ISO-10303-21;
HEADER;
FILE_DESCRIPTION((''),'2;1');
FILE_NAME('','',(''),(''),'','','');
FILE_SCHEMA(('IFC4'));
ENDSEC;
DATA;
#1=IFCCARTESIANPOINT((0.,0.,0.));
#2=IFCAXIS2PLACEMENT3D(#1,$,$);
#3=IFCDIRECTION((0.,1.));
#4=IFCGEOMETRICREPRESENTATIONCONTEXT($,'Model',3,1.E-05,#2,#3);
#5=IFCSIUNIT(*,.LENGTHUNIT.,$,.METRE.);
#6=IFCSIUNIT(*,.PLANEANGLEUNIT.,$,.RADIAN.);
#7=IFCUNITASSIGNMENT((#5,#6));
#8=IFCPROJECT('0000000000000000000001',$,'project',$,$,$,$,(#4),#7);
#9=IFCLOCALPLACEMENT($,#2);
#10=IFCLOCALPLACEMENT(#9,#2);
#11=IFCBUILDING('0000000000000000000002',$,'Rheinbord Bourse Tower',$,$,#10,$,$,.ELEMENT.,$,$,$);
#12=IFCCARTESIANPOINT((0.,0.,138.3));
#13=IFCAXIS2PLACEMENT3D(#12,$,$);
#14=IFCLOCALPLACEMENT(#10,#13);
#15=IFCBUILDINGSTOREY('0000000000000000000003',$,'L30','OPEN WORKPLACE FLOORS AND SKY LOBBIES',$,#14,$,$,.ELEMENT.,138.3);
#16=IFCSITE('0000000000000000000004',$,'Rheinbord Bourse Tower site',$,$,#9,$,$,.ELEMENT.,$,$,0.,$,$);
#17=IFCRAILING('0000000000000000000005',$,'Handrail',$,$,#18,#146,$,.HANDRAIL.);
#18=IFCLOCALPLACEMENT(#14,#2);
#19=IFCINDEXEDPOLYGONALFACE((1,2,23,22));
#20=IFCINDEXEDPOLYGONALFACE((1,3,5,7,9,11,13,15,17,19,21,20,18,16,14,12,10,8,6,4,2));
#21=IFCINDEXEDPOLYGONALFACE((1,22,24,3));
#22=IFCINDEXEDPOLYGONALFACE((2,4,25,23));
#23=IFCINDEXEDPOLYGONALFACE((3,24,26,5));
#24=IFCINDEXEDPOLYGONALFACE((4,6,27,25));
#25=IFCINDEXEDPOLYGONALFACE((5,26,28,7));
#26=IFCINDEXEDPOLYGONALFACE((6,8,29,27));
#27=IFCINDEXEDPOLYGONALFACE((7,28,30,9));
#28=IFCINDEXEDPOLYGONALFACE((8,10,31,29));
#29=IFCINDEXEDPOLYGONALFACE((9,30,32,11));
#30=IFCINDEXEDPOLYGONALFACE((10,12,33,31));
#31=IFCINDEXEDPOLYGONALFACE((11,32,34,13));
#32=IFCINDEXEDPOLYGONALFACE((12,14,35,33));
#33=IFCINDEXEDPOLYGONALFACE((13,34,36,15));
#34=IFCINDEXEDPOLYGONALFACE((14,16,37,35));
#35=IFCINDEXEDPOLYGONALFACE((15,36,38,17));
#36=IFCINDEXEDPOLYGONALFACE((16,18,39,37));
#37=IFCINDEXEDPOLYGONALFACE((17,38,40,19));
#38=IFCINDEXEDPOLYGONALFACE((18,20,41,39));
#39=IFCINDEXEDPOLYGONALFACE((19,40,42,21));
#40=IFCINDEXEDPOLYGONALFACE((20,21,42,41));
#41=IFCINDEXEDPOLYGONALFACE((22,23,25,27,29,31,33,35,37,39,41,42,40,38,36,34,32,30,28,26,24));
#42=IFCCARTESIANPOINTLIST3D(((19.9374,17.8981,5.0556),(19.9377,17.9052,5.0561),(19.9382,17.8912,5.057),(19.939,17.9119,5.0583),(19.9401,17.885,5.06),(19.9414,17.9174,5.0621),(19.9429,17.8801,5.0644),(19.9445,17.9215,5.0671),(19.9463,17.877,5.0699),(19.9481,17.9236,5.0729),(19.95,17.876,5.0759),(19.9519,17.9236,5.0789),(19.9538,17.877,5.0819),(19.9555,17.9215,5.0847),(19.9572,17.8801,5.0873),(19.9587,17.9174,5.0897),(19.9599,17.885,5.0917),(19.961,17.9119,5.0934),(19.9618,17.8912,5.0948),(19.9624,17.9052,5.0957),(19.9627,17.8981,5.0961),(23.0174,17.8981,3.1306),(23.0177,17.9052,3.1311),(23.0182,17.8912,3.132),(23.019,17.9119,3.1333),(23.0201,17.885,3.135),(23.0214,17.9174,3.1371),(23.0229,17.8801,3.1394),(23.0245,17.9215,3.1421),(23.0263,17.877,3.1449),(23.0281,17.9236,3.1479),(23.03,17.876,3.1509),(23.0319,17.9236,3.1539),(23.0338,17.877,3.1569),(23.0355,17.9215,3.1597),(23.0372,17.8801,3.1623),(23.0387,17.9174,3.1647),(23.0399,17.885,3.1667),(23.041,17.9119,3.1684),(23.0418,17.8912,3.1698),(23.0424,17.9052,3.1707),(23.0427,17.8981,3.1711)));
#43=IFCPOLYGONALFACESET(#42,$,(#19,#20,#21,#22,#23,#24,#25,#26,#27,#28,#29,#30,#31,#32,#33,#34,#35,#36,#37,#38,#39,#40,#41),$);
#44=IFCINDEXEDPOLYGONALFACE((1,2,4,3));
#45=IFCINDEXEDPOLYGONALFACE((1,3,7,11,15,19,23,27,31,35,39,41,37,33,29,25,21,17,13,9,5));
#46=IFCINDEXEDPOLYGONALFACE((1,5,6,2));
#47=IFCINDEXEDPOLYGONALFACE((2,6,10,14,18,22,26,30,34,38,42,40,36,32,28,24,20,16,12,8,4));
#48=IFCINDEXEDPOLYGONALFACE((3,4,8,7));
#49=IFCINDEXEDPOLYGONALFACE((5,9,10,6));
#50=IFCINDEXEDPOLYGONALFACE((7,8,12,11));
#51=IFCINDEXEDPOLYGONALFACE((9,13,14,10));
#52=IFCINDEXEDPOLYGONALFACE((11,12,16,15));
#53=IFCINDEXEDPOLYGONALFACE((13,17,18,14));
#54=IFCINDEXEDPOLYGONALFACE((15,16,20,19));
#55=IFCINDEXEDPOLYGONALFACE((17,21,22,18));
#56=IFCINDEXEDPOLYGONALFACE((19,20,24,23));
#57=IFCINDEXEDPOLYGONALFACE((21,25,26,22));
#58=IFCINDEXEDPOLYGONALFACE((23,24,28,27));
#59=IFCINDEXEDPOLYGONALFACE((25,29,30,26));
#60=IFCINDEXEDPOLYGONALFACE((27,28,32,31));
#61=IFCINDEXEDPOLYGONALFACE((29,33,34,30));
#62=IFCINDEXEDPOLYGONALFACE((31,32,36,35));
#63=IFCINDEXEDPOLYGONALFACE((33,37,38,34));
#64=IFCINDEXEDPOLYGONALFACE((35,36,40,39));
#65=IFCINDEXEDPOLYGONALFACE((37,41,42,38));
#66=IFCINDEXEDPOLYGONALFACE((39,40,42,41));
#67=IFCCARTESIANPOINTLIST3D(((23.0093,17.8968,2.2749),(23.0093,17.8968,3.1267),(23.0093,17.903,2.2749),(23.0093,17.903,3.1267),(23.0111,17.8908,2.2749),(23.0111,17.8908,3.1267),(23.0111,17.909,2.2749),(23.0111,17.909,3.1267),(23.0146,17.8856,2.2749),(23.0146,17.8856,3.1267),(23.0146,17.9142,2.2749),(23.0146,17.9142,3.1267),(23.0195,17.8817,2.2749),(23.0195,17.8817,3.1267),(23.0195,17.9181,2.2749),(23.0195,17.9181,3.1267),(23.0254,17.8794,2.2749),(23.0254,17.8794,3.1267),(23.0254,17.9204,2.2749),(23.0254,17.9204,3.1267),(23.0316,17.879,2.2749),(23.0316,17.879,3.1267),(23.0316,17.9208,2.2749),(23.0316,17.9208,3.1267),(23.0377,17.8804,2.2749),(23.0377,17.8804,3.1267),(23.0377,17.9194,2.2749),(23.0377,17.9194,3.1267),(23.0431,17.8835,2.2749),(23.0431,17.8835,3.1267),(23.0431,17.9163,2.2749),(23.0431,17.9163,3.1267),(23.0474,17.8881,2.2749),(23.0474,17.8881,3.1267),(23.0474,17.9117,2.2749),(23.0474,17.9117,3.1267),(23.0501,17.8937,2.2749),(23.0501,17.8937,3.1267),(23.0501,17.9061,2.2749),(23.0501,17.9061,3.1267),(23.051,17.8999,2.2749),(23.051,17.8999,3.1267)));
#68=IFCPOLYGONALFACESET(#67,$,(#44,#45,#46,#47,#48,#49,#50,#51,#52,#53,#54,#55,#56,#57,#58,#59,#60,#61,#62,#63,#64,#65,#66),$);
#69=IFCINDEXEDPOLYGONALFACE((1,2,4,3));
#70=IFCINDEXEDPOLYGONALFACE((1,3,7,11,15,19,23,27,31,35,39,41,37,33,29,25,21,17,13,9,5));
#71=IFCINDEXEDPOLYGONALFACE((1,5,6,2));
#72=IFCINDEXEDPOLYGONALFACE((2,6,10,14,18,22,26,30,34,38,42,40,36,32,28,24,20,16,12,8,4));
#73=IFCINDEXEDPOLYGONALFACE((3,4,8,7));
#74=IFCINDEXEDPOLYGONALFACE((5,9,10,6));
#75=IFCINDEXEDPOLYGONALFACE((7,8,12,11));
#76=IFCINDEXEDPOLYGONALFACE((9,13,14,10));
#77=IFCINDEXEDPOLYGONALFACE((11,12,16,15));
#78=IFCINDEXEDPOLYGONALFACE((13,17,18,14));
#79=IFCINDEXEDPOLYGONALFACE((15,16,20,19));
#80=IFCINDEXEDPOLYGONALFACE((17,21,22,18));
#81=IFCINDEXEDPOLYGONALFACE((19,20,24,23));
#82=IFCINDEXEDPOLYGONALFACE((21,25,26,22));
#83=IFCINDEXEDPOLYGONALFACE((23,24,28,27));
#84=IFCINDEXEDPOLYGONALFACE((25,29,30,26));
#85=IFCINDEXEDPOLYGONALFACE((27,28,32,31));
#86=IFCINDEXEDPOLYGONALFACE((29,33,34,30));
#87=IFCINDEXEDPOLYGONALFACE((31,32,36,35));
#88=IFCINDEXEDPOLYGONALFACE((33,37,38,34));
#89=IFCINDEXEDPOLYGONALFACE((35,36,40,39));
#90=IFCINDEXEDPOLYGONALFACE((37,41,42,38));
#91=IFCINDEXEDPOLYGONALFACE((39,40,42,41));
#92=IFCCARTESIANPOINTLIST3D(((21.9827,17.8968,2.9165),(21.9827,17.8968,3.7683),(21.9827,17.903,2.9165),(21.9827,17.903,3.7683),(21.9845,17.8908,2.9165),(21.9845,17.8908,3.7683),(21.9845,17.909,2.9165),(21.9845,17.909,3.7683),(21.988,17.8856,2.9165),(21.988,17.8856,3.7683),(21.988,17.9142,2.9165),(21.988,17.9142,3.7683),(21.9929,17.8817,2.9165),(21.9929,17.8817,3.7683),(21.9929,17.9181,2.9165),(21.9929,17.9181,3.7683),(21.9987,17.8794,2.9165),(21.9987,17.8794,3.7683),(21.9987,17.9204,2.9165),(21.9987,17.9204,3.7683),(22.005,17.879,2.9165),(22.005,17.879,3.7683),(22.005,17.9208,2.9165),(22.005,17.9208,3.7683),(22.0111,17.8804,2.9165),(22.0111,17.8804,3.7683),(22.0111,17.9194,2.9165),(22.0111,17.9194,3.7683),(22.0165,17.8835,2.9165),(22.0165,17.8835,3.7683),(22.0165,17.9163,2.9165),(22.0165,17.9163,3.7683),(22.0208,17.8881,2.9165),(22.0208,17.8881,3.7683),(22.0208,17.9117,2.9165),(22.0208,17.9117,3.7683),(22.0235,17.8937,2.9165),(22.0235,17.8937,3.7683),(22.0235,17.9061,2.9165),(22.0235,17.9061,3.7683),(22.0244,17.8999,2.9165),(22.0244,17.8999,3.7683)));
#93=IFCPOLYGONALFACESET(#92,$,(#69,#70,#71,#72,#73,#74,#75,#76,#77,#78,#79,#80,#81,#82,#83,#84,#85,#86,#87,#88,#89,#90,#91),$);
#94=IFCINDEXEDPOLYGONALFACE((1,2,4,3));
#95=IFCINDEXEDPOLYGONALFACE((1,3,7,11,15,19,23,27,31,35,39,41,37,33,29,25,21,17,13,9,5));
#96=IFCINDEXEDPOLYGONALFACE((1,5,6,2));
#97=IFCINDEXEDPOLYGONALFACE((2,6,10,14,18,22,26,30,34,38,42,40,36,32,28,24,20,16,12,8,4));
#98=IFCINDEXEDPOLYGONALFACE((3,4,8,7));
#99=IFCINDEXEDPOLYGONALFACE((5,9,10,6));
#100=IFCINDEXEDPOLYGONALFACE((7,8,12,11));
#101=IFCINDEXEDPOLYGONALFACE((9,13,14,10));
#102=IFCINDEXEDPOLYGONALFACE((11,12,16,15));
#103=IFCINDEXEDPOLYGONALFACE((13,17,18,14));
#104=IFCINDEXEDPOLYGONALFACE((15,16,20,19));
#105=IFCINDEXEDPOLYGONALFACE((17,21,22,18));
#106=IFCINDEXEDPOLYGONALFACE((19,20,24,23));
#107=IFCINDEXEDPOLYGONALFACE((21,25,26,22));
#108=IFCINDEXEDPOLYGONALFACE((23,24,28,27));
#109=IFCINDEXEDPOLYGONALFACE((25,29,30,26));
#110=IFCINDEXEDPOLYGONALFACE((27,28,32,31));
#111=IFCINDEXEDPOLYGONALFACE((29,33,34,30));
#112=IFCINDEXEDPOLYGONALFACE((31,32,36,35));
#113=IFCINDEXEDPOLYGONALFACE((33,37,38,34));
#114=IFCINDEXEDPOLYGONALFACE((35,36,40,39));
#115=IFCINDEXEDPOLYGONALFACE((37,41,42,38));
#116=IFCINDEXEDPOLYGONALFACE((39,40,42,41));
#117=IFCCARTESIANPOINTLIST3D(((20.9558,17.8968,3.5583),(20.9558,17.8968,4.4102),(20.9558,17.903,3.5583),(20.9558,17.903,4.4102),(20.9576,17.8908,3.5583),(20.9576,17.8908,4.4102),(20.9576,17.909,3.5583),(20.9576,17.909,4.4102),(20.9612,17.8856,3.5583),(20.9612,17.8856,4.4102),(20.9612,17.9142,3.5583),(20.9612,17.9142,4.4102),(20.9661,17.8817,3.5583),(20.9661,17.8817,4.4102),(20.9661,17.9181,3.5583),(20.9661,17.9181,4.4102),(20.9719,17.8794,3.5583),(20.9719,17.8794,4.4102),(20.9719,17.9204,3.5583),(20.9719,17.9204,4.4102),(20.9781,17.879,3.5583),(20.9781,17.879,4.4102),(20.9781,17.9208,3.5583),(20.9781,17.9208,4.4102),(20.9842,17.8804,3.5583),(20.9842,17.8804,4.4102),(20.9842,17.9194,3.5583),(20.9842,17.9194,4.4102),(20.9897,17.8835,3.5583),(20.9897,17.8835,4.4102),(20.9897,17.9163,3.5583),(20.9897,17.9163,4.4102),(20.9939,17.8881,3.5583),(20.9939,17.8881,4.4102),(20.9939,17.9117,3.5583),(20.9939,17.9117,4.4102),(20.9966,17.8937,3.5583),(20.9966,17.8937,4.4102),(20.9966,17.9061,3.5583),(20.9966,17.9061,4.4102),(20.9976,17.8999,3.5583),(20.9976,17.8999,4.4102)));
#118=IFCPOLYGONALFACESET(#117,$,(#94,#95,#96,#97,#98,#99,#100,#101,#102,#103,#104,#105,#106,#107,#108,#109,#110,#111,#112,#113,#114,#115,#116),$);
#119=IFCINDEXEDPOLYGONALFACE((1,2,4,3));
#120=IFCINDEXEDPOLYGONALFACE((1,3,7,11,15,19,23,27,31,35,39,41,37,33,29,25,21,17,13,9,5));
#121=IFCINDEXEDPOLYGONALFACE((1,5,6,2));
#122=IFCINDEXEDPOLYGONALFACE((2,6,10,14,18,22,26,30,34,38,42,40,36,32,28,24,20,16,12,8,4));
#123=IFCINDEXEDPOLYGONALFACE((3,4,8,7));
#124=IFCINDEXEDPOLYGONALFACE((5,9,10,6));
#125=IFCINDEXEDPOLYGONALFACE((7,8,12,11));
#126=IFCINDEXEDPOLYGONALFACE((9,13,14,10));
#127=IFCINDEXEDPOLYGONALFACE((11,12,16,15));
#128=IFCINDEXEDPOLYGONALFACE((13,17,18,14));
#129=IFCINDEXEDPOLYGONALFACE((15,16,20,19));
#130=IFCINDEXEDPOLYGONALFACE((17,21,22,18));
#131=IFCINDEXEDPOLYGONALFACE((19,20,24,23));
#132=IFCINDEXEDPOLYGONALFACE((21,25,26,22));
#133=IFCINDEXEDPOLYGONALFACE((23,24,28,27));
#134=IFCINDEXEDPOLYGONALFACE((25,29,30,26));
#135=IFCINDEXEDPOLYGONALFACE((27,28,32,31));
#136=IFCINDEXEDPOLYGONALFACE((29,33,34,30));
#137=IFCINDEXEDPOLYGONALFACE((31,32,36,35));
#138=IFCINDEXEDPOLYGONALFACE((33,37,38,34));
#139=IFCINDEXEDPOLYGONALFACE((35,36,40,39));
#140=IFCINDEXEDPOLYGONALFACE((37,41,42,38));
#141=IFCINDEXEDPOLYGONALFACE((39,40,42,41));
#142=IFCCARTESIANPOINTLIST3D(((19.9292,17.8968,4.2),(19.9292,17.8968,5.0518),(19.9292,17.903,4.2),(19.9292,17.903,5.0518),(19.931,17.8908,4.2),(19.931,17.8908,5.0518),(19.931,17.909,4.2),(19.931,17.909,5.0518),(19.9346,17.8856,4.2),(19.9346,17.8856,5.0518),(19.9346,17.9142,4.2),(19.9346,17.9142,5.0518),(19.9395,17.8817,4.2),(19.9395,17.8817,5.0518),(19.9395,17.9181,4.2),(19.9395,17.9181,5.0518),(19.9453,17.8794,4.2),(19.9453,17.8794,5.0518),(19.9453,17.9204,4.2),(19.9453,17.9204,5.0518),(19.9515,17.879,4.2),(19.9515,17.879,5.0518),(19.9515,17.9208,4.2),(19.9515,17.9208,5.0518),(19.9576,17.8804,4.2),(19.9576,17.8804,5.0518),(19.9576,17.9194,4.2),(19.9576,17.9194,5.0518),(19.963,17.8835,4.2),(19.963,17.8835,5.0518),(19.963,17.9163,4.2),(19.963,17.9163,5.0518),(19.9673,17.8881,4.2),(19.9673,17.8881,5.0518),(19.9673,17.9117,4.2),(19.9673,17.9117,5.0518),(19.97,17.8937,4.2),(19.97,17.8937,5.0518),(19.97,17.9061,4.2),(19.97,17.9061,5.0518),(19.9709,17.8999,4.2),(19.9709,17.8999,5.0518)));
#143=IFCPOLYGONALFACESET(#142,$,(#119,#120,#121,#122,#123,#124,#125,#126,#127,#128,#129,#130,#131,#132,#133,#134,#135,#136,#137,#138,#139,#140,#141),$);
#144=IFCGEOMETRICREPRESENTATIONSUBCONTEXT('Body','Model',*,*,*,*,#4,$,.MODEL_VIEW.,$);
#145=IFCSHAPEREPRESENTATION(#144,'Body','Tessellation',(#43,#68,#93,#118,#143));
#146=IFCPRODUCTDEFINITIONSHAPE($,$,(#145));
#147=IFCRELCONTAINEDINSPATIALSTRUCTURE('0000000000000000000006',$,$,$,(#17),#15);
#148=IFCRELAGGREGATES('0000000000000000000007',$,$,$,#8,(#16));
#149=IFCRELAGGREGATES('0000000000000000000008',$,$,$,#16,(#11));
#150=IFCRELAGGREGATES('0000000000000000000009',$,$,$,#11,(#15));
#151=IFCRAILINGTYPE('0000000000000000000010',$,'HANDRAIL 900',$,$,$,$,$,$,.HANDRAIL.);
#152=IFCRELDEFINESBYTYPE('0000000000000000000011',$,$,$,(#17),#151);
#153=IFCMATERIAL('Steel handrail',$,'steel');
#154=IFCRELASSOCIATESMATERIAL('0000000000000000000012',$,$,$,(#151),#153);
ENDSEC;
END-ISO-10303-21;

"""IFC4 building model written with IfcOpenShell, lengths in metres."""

from ifc_helpers import new_model, si_unit, direction, frame, origin, origin_2d, place, context, subcontext, project, spatial, circle, extrude, material, type_object, element, save


model = new_model("IFC4")

# Units and contexts
model_context = context("Model", 3, precision=1e-05, world=origin(), true_north=direction((0.0, 1.0)))
body_context = subcontext(model_context, "Body", "Model", "MODEL_VIEW")
ifc_project = project(units=[si_unit("LENGTHUNIT", "METRE"), si_unit("PLANEANGLEUNIT", "RADIAN")], contexts=[model_context])

# Site, building, storey
site_placement = place(None, origin())
site = spatial("IfcSite", under=ifc_project, at=site_placement, Name="Rheinbord Bourse Tower site", CompositionType="ELEMENT", RefElevation=0.0)
building_placement = place(site_placement, origin())
building = spatial("IfcBuilding", under=site, at=building_placement, Name="Rheinbord Bourse Tower", CompositionType="ELEMENT")
storey_placement = place(building_placement, frame((0.0, 0.0, 138.3)))
storey = spatial("IfcBuildingStorey", under=building, at=storey_placement, Name="L30", Description="OPEN WORKPLACE FLOORS AND SKY LOBBIES", CompositionType="ELEMENT", Elevation=138.3)

# Railing
ifc_material_1 = material(Name="Steel handrail", Category="steel")
railing_type = type_object("IfcRailingType", Name="HANDRAIL 900", PredefinedType="HANDRAIL", material=ifc_material_1)
railing_placement = place(storey_placement, frame((23.03, 17.8999, 2.2749)))
element("IfcRailing", 1, at=railing_placement, inside=storey, type_object=railing_type, Name="Handrail", PredefinedType="HANDRAIL", context=body_context, shape_type="SweptSolid", body=[
    extrude(circle(Radius=0.0239, at=origin_2d()), frame((0.0, 0.0, 0.876), z_axis=(-0.847998, 0.0, 0.529999), x_axis=(0.0, -1.0, 0.0)), (0.0, 0.0, 1.0), 3.6321),
    extrude(circle(Radius=0.021, at=origin_2d()), origin(), (0.0, 0.0, 1.0), 0.8518),
    extrude(circle(Radius=0.021, at=origin_2d()), frame((-1.0266, 0.0, 0.6416)), (0.0, 0.0, 1.0), 0.8518),
    extrude(circle(Radius=0.021, at=origin_2d()), frame((-2.0535, 0.0, 1.2834)), (0.0, 0.0, 1.0), 0.8518),
    extrude(circle(Radius=0.021, at=origin_2d()), frame((-3.0801, 0.0, 1.925)), (0.0, 0.0, 1.0), 0.8518),
])

save(model, "model.ifc")
